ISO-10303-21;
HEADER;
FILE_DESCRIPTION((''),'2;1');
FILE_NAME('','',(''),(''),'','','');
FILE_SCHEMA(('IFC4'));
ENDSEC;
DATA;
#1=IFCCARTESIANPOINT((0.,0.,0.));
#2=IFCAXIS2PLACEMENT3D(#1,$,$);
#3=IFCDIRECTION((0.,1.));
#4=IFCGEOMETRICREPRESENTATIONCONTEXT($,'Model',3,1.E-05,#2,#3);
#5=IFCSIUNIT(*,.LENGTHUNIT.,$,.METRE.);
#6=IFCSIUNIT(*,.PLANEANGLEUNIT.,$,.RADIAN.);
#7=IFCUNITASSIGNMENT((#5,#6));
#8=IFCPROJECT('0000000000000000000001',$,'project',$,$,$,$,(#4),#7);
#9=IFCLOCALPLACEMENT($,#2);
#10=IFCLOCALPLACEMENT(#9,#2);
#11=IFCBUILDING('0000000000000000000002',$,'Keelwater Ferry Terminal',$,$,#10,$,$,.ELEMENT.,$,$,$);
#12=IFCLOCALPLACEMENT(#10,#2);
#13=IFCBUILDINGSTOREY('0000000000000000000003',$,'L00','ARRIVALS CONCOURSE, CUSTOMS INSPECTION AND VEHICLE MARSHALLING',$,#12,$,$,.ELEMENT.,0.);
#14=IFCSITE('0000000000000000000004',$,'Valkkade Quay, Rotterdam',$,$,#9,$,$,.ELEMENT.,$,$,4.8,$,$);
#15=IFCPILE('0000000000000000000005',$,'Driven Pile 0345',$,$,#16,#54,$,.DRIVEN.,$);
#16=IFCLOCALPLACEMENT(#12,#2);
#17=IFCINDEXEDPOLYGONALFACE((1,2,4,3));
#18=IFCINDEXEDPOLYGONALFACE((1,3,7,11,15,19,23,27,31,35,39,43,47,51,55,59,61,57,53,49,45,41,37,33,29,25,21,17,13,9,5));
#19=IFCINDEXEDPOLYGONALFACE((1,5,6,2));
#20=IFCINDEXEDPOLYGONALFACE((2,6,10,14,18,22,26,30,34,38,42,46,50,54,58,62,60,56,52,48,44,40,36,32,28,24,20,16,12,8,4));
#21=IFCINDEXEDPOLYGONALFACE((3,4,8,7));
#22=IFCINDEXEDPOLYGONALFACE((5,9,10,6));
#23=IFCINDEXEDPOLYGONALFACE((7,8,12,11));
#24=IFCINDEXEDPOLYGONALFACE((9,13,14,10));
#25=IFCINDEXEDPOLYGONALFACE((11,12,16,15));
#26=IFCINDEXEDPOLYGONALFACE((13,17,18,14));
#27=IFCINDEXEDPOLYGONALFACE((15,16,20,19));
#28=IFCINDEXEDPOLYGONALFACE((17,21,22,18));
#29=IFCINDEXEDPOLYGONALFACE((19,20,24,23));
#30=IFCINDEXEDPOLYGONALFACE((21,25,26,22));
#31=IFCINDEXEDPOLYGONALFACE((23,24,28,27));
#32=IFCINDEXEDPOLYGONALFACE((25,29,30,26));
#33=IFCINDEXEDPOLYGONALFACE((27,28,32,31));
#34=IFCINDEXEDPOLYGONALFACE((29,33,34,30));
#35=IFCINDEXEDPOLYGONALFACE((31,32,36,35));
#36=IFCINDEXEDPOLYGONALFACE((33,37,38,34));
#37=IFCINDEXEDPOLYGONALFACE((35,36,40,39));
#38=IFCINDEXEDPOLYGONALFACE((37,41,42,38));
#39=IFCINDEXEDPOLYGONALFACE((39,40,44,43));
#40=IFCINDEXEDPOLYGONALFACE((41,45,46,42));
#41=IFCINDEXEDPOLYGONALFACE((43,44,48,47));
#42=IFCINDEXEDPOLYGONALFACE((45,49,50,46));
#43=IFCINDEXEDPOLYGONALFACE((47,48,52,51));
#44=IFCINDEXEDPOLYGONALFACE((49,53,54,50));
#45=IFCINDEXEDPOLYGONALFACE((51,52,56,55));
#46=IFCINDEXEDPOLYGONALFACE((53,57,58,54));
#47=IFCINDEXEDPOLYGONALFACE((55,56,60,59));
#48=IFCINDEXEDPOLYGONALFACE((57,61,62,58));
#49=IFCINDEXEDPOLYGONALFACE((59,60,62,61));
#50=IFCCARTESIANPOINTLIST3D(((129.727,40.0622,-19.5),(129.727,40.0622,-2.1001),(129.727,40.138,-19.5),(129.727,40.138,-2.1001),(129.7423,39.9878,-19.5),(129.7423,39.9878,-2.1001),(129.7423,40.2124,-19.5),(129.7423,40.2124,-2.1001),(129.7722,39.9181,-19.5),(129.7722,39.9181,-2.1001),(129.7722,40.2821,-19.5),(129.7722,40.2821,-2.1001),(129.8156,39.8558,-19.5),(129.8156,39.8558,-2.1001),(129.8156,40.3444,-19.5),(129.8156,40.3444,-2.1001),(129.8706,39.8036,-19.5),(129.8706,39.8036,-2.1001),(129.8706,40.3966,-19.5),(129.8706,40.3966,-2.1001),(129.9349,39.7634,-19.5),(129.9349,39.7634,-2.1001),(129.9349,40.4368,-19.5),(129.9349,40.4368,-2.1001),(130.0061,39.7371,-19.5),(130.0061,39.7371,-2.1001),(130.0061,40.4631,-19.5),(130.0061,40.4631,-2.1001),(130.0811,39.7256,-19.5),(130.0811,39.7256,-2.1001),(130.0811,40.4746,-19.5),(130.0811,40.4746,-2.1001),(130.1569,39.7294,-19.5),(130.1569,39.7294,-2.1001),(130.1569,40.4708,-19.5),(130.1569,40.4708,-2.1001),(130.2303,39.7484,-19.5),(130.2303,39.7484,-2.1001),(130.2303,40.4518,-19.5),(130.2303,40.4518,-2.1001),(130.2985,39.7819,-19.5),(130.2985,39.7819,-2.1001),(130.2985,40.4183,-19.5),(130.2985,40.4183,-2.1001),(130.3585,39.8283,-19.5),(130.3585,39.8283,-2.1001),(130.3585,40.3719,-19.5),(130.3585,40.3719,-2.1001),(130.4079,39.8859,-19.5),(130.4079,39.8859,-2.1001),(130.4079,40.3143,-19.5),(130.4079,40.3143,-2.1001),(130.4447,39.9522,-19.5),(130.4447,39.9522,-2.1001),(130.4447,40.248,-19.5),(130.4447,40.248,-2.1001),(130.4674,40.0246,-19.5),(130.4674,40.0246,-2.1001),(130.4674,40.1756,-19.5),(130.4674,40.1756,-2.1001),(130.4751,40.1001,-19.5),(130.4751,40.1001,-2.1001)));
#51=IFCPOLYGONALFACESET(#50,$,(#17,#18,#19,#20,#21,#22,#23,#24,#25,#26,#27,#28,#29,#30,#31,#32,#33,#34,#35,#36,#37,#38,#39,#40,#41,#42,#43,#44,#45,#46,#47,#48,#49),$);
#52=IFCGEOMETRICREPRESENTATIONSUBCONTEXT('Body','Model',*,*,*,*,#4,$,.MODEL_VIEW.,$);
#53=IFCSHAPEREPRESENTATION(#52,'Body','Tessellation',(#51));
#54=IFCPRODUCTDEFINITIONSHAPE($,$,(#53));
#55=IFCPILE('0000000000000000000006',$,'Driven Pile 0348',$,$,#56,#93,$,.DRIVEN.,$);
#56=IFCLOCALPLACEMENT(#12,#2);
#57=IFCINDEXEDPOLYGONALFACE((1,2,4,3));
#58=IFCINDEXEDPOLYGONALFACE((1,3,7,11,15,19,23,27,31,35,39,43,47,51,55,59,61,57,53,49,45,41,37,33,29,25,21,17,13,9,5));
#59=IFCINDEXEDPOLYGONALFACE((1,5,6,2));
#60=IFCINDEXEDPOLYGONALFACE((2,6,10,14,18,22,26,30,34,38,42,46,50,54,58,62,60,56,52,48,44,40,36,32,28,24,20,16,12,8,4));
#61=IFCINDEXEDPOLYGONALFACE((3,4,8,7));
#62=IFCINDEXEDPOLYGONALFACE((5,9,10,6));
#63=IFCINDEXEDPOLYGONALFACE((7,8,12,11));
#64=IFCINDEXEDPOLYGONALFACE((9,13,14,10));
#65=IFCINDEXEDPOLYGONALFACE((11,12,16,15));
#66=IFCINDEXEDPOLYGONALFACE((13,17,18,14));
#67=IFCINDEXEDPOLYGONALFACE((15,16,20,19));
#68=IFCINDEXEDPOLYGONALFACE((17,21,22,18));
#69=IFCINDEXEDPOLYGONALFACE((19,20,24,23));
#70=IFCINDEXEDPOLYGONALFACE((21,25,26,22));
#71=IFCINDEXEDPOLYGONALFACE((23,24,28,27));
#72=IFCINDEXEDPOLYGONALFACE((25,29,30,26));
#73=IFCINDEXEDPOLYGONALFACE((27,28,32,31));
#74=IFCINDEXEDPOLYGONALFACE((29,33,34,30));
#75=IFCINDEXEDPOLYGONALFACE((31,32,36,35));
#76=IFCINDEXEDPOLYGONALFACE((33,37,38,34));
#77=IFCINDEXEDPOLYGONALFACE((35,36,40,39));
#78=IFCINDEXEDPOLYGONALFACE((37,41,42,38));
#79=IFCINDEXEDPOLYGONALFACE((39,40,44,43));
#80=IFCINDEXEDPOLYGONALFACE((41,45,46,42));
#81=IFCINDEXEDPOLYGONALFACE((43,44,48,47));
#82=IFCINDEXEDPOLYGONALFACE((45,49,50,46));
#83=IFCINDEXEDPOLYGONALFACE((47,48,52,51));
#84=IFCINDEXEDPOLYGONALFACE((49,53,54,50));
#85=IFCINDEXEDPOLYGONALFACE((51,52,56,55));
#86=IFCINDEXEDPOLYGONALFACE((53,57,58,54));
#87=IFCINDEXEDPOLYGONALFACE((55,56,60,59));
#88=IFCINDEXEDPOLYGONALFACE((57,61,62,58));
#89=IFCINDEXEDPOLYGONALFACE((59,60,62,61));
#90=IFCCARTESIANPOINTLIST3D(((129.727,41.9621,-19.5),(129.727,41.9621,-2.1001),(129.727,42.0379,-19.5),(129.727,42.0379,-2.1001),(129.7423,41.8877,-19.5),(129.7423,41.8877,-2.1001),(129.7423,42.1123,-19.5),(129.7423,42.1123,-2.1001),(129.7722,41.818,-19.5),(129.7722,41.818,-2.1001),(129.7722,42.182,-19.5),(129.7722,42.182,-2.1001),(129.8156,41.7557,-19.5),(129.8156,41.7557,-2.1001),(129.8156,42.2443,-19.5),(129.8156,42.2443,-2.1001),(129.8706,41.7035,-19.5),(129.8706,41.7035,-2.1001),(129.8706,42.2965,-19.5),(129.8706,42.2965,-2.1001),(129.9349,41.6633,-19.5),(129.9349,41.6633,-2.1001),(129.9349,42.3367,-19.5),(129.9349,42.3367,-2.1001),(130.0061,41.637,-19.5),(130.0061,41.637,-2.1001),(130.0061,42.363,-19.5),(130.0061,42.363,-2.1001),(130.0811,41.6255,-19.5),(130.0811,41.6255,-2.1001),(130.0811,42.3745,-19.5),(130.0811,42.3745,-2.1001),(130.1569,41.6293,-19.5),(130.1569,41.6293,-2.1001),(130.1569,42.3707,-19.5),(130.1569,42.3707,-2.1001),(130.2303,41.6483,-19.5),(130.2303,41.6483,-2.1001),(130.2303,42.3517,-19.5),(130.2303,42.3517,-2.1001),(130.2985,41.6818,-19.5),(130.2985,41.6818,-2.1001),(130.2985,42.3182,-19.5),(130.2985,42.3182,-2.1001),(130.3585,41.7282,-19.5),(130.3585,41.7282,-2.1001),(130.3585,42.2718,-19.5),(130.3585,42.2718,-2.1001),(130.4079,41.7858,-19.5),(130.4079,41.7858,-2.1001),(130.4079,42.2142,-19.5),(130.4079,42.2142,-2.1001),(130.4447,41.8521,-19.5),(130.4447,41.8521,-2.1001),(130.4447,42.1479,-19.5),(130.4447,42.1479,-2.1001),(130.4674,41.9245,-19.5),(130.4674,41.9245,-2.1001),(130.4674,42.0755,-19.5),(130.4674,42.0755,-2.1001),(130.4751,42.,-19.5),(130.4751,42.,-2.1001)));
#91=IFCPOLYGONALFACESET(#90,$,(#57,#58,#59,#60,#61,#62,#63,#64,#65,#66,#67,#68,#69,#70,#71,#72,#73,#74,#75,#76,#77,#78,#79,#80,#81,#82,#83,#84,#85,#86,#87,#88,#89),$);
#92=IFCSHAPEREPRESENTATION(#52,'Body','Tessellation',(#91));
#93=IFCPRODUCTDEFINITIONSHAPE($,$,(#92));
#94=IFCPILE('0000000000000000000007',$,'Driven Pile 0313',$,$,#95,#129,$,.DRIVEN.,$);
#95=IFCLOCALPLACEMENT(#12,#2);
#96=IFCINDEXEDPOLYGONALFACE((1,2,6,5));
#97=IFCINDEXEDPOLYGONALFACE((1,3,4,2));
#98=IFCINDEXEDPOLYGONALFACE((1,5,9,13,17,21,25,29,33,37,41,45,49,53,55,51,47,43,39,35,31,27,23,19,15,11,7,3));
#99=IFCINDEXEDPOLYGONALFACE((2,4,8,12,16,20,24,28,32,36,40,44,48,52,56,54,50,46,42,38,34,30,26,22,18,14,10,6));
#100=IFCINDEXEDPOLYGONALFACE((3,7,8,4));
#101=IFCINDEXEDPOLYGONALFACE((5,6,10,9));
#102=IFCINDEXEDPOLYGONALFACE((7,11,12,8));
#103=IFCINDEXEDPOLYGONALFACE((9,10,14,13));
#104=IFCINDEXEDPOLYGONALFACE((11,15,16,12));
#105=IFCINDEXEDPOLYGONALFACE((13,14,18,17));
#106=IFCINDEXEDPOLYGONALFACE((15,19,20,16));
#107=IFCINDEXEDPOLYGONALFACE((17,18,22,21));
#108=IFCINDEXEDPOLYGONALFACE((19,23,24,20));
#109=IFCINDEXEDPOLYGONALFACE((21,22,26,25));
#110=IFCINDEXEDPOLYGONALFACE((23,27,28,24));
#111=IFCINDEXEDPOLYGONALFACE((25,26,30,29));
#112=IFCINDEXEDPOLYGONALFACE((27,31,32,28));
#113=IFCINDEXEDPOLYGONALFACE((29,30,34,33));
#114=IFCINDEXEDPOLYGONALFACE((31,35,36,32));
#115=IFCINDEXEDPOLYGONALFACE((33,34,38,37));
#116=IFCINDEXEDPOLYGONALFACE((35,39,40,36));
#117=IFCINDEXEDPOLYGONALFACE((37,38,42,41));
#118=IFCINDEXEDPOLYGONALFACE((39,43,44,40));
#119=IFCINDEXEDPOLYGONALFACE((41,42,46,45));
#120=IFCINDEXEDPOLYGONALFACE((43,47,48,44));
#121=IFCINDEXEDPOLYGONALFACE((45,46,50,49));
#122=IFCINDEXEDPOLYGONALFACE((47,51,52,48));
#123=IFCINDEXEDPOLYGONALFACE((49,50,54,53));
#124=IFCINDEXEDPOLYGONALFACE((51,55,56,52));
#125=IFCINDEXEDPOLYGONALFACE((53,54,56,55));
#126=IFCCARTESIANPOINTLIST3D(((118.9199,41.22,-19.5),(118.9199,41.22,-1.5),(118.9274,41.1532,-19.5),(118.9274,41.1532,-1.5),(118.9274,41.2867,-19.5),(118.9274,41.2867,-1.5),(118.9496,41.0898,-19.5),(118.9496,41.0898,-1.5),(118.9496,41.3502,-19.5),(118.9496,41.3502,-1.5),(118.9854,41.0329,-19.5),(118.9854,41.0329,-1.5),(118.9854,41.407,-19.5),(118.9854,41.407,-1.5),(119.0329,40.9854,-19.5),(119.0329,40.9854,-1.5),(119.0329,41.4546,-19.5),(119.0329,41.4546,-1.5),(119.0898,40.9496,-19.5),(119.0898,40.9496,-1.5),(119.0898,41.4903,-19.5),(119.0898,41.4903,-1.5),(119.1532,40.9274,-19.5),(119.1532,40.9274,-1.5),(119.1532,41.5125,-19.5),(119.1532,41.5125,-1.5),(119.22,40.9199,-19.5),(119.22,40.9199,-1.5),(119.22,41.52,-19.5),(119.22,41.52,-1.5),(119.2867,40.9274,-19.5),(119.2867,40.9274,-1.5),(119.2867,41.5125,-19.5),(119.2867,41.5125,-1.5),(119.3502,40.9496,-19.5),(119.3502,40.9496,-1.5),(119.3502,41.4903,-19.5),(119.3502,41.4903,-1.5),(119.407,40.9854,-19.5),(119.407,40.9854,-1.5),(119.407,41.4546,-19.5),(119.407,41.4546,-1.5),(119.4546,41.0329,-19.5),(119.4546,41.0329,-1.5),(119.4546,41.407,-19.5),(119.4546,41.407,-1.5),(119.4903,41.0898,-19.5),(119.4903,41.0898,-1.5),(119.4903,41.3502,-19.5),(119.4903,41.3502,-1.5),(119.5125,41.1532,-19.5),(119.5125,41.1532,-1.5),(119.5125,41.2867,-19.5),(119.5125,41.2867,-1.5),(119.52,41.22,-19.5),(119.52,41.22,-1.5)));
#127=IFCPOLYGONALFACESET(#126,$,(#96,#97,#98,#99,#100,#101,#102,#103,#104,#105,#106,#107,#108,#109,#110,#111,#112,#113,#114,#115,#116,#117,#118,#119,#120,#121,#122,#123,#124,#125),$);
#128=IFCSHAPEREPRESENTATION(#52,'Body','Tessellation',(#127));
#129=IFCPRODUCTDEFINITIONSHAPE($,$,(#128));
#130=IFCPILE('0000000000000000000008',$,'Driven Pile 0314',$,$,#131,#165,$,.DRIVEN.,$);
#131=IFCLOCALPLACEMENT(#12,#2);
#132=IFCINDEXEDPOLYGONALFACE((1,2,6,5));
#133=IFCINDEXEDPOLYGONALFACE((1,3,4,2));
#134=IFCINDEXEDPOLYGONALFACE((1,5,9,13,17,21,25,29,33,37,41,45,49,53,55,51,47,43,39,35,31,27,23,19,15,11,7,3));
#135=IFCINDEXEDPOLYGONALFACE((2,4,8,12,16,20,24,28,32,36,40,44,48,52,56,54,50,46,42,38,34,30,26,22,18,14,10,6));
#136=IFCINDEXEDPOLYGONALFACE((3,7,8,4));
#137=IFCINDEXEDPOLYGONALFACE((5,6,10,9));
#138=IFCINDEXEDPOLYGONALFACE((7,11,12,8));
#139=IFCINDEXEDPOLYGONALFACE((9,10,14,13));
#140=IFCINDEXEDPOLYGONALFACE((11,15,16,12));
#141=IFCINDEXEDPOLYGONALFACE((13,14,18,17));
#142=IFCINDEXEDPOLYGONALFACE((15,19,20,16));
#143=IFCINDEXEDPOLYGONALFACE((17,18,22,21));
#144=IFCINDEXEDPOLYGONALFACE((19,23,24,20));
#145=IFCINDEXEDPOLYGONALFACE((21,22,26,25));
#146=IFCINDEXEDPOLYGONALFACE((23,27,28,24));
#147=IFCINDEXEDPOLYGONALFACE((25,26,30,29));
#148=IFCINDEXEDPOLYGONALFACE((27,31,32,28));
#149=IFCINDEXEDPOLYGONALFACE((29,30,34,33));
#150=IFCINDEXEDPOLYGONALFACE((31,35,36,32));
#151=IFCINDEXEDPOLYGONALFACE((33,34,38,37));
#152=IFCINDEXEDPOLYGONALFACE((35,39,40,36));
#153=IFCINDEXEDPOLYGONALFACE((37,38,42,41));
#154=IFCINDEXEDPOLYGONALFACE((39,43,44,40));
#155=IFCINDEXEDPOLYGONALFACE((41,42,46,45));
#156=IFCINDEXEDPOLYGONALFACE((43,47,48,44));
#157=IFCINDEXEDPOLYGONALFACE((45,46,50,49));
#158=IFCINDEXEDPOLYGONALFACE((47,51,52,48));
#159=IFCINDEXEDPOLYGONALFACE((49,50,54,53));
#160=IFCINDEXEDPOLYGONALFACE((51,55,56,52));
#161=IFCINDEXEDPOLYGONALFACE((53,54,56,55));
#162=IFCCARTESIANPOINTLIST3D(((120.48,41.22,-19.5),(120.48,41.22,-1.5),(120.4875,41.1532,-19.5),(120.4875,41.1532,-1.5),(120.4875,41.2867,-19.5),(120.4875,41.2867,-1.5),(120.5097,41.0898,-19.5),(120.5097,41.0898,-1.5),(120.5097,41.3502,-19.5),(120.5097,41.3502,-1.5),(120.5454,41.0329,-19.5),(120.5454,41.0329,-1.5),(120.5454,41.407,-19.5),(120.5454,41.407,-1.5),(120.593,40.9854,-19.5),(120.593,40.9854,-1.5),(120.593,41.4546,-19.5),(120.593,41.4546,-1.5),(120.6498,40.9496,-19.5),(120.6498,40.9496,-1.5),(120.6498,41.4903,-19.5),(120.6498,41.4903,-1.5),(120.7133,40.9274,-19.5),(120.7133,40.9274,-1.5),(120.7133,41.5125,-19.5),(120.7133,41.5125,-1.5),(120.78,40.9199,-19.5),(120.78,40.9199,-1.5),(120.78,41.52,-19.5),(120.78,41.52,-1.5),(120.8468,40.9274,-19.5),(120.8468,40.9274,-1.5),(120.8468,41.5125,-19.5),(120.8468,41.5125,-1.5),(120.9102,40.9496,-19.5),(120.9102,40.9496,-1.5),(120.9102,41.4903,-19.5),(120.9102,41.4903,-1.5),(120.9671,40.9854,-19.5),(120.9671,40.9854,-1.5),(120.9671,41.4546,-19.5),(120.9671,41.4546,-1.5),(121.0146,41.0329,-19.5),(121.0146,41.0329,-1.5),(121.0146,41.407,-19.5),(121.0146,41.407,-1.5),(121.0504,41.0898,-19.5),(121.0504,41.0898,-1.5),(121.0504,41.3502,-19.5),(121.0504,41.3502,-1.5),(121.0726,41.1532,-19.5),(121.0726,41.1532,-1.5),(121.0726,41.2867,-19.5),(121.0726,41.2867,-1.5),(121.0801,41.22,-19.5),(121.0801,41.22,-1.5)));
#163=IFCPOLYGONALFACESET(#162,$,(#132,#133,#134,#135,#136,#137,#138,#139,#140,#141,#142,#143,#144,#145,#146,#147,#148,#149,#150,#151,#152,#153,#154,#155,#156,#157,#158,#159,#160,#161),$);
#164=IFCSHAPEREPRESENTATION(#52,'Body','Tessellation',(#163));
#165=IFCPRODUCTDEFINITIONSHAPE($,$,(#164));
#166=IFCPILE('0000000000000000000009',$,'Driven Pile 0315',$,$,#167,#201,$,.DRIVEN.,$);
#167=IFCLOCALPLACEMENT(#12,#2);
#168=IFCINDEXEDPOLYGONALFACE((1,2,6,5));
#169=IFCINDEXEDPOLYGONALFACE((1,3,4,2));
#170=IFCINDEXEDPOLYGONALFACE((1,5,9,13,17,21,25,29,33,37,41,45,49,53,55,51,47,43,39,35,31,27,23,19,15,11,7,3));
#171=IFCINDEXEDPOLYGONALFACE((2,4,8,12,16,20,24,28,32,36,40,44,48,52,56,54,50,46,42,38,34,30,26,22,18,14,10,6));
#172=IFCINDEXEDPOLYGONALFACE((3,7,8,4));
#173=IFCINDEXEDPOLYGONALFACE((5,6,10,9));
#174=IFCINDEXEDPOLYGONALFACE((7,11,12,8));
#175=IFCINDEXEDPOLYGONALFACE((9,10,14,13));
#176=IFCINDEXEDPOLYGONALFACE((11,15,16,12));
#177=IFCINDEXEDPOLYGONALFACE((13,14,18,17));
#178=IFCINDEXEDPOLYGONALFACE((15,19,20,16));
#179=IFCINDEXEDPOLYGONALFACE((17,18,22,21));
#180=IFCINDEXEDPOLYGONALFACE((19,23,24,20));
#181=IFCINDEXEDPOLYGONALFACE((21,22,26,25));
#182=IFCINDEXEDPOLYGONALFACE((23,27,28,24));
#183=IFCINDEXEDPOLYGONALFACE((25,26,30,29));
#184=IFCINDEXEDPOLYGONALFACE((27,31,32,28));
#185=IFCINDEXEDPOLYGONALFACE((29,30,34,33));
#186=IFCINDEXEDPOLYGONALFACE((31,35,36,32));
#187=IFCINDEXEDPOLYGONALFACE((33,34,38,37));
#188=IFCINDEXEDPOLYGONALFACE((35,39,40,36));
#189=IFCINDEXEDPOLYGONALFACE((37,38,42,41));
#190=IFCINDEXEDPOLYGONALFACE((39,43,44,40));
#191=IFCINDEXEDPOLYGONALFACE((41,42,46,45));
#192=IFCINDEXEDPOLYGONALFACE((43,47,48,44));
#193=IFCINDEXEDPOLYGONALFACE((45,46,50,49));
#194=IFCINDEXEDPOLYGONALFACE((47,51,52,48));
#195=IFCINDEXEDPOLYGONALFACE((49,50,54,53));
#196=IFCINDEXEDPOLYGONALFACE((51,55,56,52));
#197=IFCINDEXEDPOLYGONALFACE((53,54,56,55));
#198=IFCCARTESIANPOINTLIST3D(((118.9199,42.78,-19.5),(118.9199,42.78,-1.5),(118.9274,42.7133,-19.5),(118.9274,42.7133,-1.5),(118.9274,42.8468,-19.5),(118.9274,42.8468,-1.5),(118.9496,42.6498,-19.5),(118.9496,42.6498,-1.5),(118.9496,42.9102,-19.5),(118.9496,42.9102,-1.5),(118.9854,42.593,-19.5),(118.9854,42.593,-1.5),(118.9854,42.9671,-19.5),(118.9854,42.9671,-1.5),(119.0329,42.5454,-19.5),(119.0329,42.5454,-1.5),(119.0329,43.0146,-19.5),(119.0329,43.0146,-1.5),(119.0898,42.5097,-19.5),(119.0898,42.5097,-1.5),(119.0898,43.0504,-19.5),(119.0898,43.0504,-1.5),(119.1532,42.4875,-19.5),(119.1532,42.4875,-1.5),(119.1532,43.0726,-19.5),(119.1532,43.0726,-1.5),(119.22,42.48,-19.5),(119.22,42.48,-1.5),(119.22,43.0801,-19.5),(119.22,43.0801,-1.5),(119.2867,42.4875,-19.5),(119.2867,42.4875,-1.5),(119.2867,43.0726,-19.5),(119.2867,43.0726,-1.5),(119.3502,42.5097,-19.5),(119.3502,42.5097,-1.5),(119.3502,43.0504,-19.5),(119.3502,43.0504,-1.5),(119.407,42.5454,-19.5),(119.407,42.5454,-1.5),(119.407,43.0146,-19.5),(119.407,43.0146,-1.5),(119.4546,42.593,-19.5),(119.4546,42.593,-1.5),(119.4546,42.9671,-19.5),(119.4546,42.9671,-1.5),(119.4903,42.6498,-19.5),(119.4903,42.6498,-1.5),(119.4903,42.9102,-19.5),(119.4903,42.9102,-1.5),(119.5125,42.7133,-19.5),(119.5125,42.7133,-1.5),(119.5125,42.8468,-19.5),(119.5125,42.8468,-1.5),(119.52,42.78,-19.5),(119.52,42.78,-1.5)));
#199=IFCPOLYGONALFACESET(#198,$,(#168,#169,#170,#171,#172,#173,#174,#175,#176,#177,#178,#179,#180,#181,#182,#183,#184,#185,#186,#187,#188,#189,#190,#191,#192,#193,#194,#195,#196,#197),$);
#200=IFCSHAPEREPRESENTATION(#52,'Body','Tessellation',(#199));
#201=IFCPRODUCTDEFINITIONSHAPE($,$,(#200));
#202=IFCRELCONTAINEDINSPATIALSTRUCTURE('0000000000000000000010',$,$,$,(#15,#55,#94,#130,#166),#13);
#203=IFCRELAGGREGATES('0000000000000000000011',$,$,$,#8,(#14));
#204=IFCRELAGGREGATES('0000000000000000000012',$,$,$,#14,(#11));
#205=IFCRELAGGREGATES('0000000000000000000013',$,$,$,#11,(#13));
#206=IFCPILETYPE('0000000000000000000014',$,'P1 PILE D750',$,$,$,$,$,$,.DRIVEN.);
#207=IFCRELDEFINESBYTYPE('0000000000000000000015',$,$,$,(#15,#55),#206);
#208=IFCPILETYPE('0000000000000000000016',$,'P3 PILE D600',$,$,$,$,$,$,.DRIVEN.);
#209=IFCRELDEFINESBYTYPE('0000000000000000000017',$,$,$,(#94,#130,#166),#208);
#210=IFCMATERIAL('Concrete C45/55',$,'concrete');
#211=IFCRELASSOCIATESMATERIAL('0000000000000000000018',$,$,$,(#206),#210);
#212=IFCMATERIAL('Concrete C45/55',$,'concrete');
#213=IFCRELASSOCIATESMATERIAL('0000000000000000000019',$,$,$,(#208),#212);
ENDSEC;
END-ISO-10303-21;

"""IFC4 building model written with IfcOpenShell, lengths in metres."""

from ifc_helpers import new_model, si_unit, direction, frame, origin, origin_2d, place, context, subcontext, project, spatial, circle, extrude, material, material_profile, profile_set, type_object, element, save


model = new_model("IFC4")

# Units and contexts
model_context = context("Model", 3, precision=1e-05, world=origin(), true_north=direction((0.0, 1.0)))
body_context = subcontext(model_context, "Body", "Model", "MODEL_VIEW")
ifc_project = project(units=[si_unit("LENGTHUNIT", "METRE"), si_unit("PLANEANGLEUNIT", "RADIAN")], contexts=[model_context])

# Site, building, storey
site_placement = place(None, origin())
site = spatial("IfcSite", under=ifc_project, at=site_placement, Name="Valkkade Quay, Rotterdam", CompositionType="ELEMENT", RefElevation=4.8)
building_placement = place(site_placement, origin())
building = spatial("IfcBuilding", under=site, at=building_placement, Name="Keelwater Ferry Terminal", CompositionType="ELEMENT")
storey_placement = place(building_placement, origin())
storey = spatial("IfcBuildingStorey", under=building, at=storey_placement, Name="L00", Description="ARRIVALS CONCOURSE, CUSTOMS INSPECTION AND VEHICLE MARSHALLING", CompositionType="ELEMENT", Elevation=0.0)

# Piles
ifc_material_1 = material(Name="Concrete C45/55", Category="concrete")
ifc_material_profile_1 = material_profile(ifc_material_1, circle(Radius=0.375, at=origin_2d()), Name="PILE D750")
ifc_profile_set_1 = profile_set([ifc_material_profile_1], Name="Concrete C45/55")
pile_type_1 = type_object("IfcPileType", Name="P1 PILE D750", PredefinedType="DRIVEN", material=ifc_profile_set_1)
for number, where, z_axis, x_axis, name in (
    (1, (130.1001, 40.1001, -2.1001), (0.0, 0.0, -1.0), (1.0, 0.0, 0.0), "Driven Pile 0345"),
    (2, (130.1001, 42.0, -2.1001), (0.0, 0.0, -1.0), (1.0, 0.0, 0.0), "Driven Pile 0348"),
):
    element("IfcPile", number, at=place(storey_placement, frame(where, z_axis=z_axis, x_axis=x_axis)), inside=storey, type_object=pile_type_1, Name=name, PredefinedType="DRIVEN", context=body_context, shape_type="SweptSolid", body=[
        extrude(circle(Radius=0.375, at=origin_2d()), origin(), (0.0, 0.0, 1.0), 17.3999),
    ])
ifc_material_2 = material(Name="Concrete C45/55", Category="concrete")
ifc_material_profile_2 = material_profile(ifc_material_2, circle(Radius=0.3, at=origin_2d()), Name="PILE D600")
ifc_profile_set_2 = profile_set([ifc_material_profile_2], Name="Concrete C45/55")
pile_type_2 = type_object("IfcPileType", Name="P3 PILE D600", PredefinedType="DRIVEN", material=ifc_profile_set_2)
for number, where, z_axis, x_axis, name in (
    (3, (119.22, 41.22, -1.5), (0.0, 0.0, -1.0), (1.0, 0.0, 0.0), "Driven Pile 0313"),
    (4, (120.78, 41.22, -1.5), (0.0, 0.0, -1.0), (1.0, 0.0, 0.0), "Driven Pile 0314"),
    (5, (119.22, 42.78, -1.5), (0.0, 0.0, -1.0), (1.0, 0.0, 0.0), "Driven Pile 0315"),
):
    element("IfcPile", number, at=place(storey_placement, frame(where, z_axis=z_axis, x_axis=x_axis)), inside=storey, type_object=pile_type_2, Name=name, PredefinedType="DRIVEN", context=body_context, shape_type="SweptSolid", body=[
        extrude(circle(Radius=0.3, at=origin_2d()), origin(), (0.0, 0.0, 1.0), 18.0),
    ])

save(model, "model.ifc")
